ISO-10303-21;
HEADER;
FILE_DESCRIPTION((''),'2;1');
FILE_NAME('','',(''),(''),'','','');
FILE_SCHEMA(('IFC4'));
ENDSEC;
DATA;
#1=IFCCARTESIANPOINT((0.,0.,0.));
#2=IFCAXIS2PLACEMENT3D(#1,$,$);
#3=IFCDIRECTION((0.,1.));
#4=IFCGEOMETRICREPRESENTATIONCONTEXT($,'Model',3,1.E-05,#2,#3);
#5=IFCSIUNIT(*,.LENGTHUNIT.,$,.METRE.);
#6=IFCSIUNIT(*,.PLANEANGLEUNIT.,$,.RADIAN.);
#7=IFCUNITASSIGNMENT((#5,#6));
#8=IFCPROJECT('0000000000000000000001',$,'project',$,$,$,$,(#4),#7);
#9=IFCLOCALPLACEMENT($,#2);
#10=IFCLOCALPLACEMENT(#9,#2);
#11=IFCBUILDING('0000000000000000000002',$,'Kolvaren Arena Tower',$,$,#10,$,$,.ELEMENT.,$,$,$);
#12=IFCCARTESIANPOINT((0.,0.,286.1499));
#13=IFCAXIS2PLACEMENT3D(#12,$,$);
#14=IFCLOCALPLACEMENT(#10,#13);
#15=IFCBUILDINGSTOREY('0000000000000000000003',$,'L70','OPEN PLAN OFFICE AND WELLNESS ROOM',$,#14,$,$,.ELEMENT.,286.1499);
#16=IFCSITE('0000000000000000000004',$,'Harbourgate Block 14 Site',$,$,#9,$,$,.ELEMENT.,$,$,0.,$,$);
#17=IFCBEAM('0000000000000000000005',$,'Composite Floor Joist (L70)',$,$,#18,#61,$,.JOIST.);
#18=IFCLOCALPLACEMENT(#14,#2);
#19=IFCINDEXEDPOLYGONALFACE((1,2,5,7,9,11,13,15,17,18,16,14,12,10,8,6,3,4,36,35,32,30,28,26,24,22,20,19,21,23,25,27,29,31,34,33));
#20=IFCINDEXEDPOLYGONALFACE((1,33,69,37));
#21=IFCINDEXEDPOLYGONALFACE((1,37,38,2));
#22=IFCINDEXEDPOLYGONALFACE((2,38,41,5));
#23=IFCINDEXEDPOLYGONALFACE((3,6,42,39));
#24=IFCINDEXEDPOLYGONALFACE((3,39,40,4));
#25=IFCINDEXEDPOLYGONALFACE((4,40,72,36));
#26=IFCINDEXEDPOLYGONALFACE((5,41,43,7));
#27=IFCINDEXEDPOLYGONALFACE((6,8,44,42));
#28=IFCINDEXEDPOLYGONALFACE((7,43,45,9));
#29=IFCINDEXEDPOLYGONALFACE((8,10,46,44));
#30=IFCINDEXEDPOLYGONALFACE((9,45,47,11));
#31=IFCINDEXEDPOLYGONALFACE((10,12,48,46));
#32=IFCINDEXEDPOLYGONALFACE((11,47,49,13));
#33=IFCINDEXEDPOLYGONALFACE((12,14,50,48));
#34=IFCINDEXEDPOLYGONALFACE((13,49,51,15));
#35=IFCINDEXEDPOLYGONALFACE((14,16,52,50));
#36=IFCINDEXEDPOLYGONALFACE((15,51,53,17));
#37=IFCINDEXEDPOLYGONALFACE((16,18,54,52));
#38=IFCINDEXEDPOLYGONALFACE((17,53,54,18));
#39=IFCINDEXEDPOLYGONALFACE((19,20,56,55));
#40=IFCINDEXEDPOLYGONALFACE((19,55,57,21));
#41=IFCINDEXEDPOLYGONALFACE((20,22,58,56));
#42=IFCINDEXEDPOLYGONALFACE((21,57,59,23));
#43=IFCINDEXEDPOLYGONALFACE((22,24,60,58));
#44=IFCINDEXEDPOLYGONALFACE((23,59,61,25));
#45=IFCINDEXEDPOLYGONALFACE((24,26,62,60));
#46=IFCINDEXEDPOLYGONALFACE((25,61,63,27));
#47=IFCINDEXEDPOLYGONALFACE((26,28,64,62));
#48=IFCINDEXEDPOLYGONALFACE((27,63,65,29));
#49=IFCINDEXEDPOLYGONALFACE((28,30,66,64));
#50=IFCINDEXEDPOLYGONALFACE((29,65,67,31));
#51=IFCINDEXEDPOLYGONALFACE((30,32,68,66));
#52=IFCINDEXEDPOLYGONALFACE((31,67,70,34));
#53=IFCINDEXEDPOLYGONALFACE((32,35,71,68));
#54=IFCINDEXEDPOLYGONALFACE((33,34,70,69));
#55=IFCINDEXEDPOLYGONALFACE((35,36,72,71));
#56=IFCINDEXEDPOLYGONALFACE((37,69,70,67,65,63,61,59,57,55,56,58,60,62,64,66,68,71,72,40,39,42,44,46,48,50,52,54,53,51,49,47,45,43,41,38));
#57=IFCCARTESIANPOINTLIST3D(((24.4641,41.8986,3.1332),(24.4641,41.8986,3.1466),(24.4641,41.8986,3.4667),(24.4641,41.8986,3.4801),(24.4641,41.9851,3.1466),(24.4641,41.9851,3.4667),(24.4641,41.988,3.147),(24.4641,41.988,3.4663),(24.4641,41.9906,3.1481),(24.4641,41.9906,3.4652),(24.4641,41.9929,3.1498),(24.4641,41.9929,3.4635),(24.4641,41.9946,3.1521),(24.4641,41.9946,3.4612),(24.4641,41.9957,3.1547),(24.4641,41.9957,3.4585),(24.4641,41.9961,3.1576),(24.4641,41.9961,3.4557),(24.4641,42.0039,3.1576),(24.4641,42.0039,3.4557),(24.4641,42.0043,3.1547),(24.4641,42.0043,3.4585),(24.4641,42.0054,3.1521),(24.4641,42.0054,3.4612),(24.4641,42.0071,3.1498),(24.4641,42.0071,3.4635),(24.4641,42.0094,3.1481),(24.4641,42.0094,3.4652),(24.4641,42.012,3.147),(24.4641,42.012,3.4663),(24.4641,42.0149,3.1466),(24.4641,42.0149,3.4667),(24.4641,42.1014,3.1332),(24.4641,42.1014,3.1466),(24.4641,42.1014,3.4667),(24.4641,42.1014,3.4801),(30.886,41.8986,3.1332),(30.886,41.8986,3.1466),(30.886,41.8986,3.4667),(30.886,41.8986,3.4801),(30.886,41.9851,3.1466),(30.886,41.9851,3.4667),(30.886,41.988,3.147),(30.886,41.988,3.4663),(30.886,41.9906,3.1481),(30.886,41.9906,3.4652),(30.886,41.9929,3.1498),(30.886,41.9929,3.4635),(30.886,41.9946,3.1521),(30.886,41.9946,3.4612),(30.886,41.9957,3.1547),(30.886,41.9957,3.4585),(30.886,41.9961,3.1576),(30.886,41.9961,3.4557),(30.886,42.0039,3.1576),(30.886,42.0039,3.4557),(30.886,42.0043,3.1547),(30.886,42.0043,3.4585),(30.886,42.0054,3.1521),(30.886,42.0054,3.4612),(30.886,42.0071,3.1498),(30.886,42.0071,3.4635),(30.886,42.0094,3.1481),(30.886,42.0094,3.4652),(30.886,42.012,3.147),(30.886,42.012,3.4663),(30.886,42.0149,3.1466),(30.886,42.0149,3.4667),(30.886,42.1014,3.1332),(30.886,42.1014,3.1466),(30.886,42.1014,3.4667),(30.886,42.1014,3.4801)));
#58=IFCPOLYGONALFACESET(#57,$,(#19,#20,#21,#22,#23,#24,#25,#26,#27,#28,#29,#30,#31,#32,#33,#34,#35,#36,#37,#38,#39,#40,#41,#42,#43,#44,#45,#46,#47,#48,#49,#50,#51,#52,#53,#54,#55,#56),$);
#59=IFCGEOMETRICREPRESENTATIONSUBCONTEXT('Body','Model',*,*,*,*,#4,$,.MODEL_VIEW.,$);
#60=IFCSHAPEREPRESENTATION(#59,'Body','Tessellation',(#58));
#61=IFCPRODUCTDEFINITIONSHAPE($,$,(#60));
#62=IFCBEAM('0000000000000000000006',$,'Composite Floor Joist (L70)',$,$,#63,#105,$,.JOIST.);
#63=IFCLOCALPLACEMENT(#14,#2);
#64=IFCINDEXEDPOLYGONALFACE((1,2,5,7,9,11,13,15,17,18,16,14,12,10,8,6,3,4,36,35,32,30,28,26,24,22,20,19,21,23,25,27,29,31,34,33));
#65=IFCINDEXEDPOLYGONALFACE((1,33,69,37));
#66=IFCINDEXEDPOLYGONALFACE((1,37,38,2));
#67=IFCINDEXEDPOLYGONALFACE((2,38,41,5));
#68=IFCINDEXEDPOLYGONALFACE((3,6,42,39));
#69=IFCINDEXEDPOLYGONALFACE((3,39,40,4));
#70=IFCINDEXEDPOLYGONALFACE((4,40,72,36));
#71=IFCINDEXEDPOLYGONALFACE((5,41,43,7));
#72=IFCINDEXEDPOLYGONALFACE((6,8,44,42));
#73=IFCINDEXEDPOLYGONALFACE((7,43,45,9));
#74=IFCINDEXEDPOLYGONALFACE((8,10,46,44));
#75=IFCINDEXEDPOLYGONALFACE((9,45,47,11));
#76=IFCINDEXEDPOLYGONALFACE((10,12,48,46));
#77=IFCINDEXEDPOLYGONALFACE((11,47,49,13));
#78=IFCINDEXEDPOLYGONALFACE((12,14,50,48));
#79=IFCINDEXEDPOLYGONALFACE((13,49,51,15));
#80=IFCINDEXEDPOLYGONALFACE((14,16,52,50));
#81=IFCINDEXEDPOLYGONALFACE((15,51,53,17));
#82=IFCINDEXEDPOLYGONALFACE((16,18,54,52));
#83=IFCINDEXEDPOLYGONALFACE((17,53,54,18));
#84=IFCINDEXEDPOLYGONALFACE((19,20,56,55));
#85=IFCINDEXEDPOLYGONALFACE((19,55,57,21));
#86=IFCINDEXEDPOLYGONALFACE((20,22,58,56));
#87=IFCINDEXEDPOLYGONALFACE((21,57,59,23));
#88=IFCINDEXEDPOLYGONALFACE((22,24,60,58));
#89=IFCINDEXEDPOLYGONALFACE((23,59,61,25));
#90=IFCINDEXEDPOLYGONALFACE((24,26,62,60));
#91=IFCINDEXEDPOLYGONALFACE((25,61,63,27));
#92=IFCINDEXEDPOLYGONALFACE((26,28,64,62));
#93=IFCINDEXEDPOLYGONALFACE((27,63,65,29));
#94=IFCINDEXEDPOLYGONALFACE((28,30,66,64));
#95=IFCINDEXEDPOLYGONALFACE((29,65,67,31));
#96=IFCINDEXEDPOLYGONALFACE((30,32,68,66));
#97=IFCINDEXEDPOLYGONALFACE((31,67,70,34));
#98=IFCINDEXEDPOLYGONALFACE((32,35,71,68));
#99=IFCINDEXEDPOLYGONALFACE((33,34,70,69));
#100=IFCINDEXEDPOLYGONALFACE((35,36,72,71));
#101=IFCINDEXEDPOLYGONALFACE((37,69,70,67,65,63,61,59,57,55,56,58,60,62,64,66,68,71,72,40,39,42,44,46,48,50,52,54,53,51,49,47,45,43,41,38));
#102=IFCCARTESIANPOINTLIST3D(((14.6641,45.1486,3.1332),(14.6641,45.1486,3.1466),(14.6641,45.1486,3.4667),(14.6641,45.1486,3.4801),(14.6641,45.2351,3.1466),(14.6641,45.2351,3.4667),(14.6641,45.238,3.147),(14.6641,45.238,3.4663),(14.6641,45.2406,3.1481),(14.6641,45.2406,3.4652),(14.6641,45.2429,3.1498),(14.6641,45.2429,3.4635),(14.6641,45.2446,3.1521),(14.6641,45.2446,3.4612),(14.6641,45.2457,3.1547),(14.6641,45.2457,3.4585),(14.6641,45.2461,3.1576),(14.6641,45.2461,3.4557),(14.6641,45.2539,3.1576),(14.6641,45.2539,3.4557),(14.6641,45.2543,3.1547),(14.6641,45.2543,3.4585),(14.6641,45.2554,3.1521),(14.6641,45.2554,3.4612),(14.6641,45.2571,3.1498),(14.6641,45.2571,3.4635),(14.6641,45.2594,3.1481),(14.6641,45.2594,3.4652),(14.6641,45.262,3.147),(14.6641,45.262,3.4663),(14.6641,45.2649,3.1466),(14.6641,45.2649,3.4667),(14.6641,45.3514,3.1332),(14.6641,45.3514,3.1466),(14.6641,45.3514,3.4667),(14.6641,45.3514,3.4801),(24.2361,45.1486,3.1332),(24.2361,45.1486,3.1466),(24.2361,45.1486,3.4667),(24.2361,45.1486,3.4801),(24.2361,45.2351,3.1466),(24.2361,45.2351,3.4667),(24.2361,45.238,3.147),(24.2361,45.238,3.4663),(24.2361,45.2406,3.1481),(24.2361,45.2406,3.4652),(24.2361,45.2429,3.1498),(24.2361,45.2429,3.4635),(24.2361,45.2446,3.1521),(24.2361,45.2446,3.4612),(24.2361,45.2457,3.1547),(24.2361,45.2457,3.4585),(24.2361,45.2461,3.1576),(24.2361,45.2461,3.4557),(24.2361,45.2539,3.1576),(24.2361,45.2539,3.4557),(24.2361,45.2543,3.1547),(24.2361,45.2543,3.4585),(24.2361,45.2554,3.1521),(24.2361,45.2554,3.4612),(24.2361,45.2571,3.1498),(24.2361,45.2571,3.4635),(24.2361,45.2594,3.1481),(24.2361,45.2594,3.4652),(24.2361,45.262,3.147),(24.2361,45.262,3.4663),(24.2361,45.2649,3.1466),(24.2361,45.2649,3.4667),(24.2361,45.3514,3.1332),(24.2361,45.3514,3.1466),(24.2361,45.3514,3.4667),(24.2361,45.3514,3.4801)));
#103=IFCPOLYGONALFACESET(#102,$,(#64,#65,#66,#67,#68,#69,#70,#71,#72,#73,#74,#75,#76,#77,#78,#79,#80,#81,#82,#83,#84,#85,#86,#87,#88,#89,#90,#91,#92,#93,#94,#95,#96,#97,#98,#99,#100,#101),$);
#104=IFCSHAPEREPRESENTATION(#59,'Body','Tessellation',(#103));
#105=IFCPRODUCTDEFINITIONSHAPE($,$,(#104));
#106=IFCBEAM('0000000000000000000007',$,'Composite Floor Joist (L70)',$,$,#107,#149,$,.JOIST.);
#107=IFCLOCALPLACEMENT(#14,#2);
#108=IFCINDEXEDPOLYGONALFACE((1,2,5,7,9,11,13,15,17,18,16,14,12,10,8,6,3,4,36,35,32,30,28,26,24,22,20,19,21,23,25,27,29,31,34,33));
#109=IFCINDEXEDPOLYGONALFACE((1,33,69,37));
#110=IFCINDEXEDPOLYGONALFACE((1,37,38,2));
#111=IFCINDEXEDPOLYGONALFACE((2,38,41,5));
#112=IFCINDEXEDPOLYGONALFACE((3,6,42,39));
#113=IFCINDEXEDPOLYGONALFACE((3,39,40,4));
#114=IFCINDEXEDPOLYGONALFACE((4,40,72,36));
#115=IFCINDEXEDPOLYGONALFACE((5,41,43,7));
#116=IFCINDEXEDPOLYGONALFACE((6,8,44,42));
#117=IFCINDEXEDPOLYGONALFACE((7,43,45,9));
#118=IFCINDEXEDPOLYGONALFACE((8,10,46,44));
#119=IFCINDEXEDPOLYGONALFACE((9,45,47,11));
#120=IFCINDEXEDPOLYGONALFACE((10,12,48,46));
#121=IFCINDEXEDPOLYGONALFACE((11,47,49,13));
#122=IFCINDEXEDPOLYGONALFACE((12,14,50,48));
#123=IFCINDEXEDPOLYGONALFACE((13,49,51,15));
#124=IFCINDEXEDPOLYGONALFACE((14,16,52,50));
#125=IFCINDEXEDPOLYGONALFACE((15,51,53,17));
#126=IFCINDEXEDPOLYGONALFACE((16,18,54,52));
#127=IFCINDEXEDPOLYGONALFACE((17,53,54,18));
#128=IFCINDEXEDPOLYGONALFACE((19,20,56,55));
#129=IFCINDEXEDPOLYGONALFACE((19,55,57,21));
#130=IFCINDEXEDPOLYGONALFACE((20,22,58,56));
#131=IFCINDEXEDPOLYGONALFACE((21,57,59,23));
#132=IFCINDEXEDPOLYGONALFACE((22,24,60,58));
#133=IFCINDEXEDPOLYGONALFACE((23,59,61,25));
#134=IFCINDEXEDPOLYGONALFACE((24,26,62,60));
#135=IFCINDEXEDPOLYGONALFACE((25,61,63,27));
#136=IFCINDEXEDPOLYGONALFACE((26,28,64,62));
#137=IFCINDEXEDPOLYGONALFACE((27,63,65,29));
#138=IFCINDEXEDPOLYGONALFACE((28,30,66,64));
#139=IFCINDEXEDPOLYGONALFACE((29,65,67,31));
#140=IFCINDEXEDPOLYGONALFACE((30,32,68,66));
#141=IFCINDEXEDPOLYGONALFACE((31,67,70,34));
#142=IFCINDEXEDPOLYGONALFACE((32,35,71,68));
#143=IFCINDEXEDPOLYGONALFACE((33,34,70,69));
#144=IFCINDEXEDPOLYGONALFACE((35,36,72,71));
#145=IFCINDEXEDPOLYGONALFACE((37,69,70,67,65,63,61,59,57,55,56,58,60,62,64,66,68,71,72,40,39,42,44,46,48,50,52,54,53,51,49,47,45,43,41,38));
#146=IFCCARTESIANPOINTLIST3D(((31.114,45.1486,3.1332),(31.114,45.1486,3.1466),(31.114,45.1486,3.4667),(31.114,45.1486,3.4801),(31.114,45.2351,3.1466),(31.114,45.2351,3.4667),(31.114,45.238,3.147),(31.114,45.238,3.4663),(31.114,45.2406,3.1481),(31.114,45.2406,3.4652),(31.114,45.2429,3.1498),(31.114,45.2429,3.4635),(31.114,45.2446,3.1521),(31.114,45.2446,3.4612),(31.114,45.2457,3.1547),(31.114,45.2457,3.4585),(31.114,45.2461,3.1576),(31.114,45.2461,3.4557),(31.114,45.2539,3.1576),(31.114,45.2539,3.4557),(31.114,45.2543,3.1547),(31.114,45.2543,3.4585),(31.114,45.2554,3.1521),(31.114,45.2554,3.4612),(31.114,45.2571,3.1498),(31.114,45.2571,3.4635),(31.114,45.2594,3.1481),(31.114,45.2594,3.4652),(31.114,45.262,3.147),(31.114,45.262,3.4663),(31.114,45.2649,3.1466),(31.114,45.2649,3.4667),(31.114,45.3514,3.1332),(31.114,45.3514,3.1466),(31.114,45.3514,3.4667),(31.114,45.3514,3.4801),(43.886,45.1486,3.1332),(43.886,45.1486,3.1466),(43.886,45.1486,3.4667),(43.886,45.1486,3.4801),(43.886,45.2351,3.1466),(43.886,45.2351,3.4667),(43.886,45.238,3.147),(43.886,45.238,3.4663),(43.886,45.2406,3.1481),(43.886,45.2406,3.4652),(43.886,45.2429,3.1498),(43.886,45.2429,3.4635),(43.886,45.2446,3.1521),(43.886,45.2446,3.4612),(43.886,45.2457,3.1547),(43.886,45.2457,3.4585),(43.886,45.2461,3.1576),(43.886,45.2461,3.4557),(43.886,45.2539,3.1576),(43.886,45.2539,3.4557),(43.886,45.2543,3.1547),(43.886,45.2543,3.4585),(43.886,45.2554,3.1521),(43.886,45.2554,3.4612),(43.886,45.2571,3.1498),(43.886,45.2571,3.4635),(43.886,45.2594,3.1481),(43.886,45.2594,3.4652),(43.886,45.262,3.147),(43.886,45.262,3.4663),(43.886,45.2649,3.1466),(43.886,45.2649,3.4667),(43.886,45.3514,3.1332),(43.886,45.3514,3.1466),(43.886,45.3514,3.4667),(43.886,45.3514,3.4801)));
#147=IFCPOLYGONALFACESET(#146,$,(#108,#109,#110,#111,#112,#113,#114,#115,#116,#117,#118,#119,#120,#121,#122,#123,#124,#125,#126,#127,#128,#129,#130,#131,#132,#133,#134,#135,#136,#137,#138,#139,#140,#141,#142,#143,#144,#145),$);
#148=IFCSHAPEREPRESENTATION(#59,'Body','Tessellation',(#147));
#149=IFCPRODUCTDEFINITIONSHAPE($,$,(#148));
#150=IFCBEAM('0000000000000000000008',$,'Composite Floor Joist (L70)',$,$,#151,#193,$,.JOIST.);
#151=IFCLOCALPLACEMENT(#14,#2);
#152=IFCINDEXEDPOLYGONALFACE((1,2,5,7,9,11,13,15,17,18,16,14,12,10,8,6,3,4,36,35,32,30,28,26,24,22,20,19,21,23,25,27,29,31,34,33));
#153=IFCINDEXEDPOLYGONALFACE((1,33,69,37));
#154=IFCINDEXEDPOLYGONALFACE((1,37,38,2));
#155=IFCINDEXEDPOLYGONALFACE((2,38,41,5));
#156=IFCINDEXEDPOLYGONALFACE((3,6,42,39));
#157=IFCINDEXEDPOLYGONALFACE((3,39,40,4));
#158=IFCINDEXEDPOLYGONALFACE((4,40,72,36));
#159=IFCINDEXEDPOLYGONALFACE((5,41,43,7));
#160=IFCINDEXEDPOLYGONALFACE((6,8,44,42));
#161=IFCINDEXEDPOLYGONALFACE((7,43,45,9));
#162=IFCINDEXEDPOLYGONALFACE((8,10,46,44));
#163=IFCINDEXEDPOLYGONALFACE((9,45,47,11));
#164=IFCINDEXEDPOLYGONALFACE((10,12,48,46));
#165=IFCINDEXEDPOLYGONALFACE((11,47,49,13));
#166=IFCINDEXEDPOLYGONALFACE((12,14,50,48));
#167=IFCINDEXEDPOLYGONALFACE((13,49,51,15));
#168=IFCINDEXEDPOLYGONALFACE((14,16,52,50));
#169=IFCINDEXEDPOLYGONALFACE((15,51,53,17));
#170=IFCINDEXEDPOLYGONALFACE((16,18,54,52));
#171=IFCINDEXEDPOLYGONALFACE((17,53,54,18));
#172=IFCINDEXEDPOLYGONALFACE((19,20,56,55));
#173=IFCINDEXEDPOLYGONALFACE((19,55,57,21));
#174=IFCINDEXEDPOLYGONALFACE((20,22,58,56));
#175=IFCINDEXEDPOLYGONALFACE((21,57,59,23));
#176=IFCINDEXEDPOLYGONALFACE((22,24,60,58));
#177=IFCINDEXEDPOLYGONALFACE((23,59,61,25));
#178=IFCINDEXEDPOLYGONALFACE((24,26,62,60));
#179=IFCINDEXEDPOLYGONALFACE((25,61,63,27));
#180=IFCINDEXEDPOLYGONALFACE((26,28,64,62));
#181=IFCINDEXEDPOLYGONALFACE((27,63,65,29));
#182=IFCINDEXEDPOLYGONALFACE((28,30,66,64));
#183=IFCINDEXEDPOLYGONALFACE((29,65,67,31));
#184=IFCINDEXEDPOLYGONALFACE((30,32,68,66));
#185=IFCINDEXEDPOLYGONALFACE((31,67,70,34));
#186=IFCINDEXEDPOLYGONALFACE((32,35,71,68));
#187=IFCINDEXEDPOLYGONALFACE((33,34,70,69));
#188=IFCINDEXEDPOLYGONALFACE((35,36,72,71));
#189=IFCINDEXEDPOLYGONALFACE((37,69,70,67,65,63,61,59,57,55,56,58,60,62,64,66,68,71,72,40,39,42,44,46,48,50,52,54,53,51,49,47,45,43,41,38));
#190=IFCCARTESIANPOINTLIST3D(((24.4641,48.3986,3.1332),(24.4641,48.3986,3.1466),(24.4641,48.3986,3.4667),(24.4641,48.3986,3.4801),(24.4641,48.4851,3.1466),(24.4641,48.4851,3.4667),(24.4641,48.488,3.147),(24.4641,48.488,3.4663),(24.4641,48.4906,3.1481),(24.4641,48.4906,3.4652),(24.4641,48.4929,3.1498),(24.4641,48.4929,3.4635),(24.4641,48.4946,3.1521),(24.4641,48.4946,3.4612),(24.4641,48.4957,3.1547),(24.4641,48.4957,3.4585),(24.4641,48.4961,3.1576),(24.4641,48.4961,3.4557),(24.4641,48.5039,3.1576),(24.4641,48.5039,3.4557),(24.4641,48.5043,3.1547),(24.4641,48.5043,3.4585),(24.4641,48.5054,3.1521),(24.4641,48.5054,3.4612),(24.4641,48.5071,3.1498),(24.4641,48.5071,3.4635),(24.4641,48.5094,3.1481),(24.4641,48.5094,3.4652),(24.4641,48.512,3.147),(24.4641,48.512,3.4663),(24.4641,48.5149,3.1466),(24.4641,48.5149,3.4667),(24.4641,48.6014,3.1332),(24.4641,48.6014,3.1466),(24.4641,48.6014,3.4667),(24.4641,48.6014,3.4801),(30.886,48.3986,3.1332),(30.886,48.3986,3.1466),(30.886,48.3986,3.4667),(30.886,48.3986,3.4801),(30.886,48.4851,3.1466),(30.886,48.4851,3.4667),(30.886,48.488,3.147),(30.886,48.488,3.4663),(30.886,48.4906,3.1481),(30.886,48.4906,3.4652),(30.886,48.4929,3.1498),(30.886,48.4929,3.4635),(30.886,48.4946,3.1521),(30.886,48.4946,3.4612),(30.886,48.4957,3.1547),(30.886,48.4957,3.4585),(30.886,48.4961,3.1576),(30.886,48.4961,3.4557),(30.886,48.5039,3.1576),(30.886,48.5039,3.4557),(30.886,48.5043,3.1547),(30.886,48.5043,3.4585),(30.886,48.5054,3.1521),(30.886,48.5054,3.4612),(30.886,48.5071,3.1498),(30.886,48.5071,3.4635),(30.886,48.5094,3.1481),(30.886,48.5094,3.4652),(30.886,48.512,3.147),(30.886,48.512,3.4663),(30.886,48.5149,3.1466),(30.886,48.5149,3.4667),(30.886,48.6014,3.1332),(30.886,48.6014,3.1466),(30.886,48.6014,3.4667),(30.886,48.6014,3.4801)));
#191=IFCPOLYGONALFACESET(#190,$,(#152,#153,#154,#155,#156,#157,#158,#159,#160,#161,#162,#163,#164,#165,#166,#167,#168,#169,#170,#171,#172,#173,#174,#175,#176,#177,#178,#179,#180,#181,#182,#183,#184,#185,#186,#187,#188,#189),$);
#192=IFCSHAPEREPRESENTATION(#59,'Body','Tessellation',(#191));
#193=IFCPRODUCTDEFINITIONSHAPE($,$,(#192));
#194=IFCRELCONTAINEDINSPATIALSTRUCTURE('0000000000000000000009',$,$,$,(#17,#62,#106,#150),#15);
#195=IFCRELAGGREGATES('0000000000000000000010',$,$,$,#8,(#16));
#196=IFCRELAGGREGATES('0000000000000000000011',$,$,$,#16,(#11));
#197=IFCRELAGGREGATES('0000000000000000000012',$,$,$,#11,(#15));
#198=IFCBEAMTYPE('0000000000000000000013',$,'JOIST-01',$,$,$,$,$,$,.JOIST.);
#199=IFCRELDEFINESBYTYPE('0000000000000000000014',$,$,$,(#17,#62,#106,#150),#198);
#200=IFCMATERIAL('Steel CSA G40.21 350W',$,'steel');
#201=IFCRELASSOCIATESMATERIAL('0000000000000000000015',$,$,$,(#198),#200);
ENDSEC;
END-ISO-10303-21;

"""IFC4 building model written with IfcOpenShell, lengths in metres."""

from ifc_helpers import new_model, si_unit, direction, frame, origin, origin_2d, place, context, subcontext, project, spatial, i_section, extrude, material, material_profile, profile_set, type_object, element, save


model = new_model("IFC4")

# Units and contexts
model_context = context("Model", 3, precision=1e-05, world=origin(), true_north=direction((0.0, 1.0)))
body_context = subcontext(model_context, "Body", "Model", "MODEL_VIEW")
ifc_project = project(units=[si_unit("LENGTHUNIT", "METRE"), si_unit("PLANEANGLEUNIT", "RADIAN")], contexts=[model_context])

# Site, building, storey
site_placement = place(None, origin())
site = spatial("IfcSite", under=ifc_project, at=site_placement, Name="Harbourgate Block 14 Site", CompositionType="ELEMENT", RefElevation=0.0)
building_placement = place(site_placement, origin())
building = spatial("IfcBuilding", under=site, at=building_placement, Name="Kolvaren Arena Tower", CompositionType="ELEMENT")
storey_placement = place(building_placement, frame((0.0, 0.0, 286.1499)))
storey = spatial("IfcBuildingStorey", under=building, at=storey_placement, Name="L70", Description="OPEN PLAN OFFICE AND WELLNESS ROOM", CompositionType="ELEMENT", Elevation=286.1499)

# Beams
ifc_material_1 = material(Name="Steel CSA G40.21 350W", Category="steel")
ifc_material_profile_1 = material_profile(ifc_material_1, i_section(OverallWidth=0.2029, OverallDepth=0.3469, WebThickness=0.0078, FlangeThickness=0.0134, FilletRadius=0.011, at=origin_2d()), Name="W360x64")
ifc_profile_set_1 = profile_set([ifc_material_profile_1], Name="Steel CSA G40.21 350W")
beam_type_1 = type_object("IfcBeamType", Name="JOIST-01", PredefinedType="JOIST", material=ifc_profile_set_1)
beam_1_placement = place(storey_placement, frame((24.4641, 42.0, 3.3066), z_axis=(1.0, 0.0, 0.0), x_axis=(0.0, 1.0, 0.0)))
element("IfcBeam", 1, at=beam_1_placement, inside=storey, type_object=beam_type_1, Name="Composite Floor Joist (L70)", PredefinedType="JOIST", context=body_context, shape_type="SweptSolid", body=[
    extrude(i_section(OverallWidth=0.2029, OverallDepth=0.3469, WebThickness=0.0078, FlangeThickness=0.0134, FilletRadius=0.011, at=origin_2d()), origin(), (0.0, 0.0, 1.0), 6.4219),
])
beam_2_placement = place(storey_placement, frame((14.6641, 45.25, 3.3066), z_axis=(1.0, 0.0, 0.0), x_axis=(0.0, 1.0, 0.0)))
element("IfcBeam", 2, at=beam_2_placement, inside=storey, type_object=beam_type_1, Name="Composite Floor Joist (L70)", PredefinedType="JOIST", context=body_context, shape_type="SweptSolid", body=[
    extrude(i_section(OverallWidth=0.2029, OverallDepth=0.3469, WebThickness=0.0078, FlangeThickness=0.0134, FilletRadius=0.011, at=origin_2d()), origin(), (0.0, 0.0, 1.0), 9.572),
])
beam_3_placement = place(storey_placement, frame((31.114, 45.25, 3.3066), z_axis=(1.0, 0.0, 0.0), x_axis=(0.0, 1.0, 0.0)))
element("IfcBeam", 3, at=beam_3_placement, inside=storey, type_object=beam_type_1, Name="Composite Floor Joist (L70)", PredefinedType="JOIST", context=body_context, shape_type="SweptSolid", body=[
    extrude(i_section(OverallWidth=0.2029, OverallDepth=0.3469, WebThickness=0.0078, FlangeThickness=0.0134, FilletRadius=0.011, at=origin_2d()), origin(), (0.0, 0.0, 1.0), 12.772),
])
beam_4_placement = place(storey_placement, frame((24.4641, 48.5, 3.3066), z_axis=(1.0, 0.0, 0.0), x_axis=(0.0, 1.0, 0.0)))
element("IfcBeam", 4, at=beam_4_placement, inside=storey, type_object=beam_type_1, Name="Composite Floor Joist (L70)", PredefinedType="JOIST", context=body_context, shape_type="SweptSolid", body=[
    extrude(i_section(OverallWidth=0.2029, OverallDepth=0.3469, WebThickness=0.0078, FlangeThickness=0.0134, FilletRadius=0.011, at=origin_2d()), origin(), (0.0, 0.0, 1.0), 6.4219),
])

save(model, "model.ifc")
